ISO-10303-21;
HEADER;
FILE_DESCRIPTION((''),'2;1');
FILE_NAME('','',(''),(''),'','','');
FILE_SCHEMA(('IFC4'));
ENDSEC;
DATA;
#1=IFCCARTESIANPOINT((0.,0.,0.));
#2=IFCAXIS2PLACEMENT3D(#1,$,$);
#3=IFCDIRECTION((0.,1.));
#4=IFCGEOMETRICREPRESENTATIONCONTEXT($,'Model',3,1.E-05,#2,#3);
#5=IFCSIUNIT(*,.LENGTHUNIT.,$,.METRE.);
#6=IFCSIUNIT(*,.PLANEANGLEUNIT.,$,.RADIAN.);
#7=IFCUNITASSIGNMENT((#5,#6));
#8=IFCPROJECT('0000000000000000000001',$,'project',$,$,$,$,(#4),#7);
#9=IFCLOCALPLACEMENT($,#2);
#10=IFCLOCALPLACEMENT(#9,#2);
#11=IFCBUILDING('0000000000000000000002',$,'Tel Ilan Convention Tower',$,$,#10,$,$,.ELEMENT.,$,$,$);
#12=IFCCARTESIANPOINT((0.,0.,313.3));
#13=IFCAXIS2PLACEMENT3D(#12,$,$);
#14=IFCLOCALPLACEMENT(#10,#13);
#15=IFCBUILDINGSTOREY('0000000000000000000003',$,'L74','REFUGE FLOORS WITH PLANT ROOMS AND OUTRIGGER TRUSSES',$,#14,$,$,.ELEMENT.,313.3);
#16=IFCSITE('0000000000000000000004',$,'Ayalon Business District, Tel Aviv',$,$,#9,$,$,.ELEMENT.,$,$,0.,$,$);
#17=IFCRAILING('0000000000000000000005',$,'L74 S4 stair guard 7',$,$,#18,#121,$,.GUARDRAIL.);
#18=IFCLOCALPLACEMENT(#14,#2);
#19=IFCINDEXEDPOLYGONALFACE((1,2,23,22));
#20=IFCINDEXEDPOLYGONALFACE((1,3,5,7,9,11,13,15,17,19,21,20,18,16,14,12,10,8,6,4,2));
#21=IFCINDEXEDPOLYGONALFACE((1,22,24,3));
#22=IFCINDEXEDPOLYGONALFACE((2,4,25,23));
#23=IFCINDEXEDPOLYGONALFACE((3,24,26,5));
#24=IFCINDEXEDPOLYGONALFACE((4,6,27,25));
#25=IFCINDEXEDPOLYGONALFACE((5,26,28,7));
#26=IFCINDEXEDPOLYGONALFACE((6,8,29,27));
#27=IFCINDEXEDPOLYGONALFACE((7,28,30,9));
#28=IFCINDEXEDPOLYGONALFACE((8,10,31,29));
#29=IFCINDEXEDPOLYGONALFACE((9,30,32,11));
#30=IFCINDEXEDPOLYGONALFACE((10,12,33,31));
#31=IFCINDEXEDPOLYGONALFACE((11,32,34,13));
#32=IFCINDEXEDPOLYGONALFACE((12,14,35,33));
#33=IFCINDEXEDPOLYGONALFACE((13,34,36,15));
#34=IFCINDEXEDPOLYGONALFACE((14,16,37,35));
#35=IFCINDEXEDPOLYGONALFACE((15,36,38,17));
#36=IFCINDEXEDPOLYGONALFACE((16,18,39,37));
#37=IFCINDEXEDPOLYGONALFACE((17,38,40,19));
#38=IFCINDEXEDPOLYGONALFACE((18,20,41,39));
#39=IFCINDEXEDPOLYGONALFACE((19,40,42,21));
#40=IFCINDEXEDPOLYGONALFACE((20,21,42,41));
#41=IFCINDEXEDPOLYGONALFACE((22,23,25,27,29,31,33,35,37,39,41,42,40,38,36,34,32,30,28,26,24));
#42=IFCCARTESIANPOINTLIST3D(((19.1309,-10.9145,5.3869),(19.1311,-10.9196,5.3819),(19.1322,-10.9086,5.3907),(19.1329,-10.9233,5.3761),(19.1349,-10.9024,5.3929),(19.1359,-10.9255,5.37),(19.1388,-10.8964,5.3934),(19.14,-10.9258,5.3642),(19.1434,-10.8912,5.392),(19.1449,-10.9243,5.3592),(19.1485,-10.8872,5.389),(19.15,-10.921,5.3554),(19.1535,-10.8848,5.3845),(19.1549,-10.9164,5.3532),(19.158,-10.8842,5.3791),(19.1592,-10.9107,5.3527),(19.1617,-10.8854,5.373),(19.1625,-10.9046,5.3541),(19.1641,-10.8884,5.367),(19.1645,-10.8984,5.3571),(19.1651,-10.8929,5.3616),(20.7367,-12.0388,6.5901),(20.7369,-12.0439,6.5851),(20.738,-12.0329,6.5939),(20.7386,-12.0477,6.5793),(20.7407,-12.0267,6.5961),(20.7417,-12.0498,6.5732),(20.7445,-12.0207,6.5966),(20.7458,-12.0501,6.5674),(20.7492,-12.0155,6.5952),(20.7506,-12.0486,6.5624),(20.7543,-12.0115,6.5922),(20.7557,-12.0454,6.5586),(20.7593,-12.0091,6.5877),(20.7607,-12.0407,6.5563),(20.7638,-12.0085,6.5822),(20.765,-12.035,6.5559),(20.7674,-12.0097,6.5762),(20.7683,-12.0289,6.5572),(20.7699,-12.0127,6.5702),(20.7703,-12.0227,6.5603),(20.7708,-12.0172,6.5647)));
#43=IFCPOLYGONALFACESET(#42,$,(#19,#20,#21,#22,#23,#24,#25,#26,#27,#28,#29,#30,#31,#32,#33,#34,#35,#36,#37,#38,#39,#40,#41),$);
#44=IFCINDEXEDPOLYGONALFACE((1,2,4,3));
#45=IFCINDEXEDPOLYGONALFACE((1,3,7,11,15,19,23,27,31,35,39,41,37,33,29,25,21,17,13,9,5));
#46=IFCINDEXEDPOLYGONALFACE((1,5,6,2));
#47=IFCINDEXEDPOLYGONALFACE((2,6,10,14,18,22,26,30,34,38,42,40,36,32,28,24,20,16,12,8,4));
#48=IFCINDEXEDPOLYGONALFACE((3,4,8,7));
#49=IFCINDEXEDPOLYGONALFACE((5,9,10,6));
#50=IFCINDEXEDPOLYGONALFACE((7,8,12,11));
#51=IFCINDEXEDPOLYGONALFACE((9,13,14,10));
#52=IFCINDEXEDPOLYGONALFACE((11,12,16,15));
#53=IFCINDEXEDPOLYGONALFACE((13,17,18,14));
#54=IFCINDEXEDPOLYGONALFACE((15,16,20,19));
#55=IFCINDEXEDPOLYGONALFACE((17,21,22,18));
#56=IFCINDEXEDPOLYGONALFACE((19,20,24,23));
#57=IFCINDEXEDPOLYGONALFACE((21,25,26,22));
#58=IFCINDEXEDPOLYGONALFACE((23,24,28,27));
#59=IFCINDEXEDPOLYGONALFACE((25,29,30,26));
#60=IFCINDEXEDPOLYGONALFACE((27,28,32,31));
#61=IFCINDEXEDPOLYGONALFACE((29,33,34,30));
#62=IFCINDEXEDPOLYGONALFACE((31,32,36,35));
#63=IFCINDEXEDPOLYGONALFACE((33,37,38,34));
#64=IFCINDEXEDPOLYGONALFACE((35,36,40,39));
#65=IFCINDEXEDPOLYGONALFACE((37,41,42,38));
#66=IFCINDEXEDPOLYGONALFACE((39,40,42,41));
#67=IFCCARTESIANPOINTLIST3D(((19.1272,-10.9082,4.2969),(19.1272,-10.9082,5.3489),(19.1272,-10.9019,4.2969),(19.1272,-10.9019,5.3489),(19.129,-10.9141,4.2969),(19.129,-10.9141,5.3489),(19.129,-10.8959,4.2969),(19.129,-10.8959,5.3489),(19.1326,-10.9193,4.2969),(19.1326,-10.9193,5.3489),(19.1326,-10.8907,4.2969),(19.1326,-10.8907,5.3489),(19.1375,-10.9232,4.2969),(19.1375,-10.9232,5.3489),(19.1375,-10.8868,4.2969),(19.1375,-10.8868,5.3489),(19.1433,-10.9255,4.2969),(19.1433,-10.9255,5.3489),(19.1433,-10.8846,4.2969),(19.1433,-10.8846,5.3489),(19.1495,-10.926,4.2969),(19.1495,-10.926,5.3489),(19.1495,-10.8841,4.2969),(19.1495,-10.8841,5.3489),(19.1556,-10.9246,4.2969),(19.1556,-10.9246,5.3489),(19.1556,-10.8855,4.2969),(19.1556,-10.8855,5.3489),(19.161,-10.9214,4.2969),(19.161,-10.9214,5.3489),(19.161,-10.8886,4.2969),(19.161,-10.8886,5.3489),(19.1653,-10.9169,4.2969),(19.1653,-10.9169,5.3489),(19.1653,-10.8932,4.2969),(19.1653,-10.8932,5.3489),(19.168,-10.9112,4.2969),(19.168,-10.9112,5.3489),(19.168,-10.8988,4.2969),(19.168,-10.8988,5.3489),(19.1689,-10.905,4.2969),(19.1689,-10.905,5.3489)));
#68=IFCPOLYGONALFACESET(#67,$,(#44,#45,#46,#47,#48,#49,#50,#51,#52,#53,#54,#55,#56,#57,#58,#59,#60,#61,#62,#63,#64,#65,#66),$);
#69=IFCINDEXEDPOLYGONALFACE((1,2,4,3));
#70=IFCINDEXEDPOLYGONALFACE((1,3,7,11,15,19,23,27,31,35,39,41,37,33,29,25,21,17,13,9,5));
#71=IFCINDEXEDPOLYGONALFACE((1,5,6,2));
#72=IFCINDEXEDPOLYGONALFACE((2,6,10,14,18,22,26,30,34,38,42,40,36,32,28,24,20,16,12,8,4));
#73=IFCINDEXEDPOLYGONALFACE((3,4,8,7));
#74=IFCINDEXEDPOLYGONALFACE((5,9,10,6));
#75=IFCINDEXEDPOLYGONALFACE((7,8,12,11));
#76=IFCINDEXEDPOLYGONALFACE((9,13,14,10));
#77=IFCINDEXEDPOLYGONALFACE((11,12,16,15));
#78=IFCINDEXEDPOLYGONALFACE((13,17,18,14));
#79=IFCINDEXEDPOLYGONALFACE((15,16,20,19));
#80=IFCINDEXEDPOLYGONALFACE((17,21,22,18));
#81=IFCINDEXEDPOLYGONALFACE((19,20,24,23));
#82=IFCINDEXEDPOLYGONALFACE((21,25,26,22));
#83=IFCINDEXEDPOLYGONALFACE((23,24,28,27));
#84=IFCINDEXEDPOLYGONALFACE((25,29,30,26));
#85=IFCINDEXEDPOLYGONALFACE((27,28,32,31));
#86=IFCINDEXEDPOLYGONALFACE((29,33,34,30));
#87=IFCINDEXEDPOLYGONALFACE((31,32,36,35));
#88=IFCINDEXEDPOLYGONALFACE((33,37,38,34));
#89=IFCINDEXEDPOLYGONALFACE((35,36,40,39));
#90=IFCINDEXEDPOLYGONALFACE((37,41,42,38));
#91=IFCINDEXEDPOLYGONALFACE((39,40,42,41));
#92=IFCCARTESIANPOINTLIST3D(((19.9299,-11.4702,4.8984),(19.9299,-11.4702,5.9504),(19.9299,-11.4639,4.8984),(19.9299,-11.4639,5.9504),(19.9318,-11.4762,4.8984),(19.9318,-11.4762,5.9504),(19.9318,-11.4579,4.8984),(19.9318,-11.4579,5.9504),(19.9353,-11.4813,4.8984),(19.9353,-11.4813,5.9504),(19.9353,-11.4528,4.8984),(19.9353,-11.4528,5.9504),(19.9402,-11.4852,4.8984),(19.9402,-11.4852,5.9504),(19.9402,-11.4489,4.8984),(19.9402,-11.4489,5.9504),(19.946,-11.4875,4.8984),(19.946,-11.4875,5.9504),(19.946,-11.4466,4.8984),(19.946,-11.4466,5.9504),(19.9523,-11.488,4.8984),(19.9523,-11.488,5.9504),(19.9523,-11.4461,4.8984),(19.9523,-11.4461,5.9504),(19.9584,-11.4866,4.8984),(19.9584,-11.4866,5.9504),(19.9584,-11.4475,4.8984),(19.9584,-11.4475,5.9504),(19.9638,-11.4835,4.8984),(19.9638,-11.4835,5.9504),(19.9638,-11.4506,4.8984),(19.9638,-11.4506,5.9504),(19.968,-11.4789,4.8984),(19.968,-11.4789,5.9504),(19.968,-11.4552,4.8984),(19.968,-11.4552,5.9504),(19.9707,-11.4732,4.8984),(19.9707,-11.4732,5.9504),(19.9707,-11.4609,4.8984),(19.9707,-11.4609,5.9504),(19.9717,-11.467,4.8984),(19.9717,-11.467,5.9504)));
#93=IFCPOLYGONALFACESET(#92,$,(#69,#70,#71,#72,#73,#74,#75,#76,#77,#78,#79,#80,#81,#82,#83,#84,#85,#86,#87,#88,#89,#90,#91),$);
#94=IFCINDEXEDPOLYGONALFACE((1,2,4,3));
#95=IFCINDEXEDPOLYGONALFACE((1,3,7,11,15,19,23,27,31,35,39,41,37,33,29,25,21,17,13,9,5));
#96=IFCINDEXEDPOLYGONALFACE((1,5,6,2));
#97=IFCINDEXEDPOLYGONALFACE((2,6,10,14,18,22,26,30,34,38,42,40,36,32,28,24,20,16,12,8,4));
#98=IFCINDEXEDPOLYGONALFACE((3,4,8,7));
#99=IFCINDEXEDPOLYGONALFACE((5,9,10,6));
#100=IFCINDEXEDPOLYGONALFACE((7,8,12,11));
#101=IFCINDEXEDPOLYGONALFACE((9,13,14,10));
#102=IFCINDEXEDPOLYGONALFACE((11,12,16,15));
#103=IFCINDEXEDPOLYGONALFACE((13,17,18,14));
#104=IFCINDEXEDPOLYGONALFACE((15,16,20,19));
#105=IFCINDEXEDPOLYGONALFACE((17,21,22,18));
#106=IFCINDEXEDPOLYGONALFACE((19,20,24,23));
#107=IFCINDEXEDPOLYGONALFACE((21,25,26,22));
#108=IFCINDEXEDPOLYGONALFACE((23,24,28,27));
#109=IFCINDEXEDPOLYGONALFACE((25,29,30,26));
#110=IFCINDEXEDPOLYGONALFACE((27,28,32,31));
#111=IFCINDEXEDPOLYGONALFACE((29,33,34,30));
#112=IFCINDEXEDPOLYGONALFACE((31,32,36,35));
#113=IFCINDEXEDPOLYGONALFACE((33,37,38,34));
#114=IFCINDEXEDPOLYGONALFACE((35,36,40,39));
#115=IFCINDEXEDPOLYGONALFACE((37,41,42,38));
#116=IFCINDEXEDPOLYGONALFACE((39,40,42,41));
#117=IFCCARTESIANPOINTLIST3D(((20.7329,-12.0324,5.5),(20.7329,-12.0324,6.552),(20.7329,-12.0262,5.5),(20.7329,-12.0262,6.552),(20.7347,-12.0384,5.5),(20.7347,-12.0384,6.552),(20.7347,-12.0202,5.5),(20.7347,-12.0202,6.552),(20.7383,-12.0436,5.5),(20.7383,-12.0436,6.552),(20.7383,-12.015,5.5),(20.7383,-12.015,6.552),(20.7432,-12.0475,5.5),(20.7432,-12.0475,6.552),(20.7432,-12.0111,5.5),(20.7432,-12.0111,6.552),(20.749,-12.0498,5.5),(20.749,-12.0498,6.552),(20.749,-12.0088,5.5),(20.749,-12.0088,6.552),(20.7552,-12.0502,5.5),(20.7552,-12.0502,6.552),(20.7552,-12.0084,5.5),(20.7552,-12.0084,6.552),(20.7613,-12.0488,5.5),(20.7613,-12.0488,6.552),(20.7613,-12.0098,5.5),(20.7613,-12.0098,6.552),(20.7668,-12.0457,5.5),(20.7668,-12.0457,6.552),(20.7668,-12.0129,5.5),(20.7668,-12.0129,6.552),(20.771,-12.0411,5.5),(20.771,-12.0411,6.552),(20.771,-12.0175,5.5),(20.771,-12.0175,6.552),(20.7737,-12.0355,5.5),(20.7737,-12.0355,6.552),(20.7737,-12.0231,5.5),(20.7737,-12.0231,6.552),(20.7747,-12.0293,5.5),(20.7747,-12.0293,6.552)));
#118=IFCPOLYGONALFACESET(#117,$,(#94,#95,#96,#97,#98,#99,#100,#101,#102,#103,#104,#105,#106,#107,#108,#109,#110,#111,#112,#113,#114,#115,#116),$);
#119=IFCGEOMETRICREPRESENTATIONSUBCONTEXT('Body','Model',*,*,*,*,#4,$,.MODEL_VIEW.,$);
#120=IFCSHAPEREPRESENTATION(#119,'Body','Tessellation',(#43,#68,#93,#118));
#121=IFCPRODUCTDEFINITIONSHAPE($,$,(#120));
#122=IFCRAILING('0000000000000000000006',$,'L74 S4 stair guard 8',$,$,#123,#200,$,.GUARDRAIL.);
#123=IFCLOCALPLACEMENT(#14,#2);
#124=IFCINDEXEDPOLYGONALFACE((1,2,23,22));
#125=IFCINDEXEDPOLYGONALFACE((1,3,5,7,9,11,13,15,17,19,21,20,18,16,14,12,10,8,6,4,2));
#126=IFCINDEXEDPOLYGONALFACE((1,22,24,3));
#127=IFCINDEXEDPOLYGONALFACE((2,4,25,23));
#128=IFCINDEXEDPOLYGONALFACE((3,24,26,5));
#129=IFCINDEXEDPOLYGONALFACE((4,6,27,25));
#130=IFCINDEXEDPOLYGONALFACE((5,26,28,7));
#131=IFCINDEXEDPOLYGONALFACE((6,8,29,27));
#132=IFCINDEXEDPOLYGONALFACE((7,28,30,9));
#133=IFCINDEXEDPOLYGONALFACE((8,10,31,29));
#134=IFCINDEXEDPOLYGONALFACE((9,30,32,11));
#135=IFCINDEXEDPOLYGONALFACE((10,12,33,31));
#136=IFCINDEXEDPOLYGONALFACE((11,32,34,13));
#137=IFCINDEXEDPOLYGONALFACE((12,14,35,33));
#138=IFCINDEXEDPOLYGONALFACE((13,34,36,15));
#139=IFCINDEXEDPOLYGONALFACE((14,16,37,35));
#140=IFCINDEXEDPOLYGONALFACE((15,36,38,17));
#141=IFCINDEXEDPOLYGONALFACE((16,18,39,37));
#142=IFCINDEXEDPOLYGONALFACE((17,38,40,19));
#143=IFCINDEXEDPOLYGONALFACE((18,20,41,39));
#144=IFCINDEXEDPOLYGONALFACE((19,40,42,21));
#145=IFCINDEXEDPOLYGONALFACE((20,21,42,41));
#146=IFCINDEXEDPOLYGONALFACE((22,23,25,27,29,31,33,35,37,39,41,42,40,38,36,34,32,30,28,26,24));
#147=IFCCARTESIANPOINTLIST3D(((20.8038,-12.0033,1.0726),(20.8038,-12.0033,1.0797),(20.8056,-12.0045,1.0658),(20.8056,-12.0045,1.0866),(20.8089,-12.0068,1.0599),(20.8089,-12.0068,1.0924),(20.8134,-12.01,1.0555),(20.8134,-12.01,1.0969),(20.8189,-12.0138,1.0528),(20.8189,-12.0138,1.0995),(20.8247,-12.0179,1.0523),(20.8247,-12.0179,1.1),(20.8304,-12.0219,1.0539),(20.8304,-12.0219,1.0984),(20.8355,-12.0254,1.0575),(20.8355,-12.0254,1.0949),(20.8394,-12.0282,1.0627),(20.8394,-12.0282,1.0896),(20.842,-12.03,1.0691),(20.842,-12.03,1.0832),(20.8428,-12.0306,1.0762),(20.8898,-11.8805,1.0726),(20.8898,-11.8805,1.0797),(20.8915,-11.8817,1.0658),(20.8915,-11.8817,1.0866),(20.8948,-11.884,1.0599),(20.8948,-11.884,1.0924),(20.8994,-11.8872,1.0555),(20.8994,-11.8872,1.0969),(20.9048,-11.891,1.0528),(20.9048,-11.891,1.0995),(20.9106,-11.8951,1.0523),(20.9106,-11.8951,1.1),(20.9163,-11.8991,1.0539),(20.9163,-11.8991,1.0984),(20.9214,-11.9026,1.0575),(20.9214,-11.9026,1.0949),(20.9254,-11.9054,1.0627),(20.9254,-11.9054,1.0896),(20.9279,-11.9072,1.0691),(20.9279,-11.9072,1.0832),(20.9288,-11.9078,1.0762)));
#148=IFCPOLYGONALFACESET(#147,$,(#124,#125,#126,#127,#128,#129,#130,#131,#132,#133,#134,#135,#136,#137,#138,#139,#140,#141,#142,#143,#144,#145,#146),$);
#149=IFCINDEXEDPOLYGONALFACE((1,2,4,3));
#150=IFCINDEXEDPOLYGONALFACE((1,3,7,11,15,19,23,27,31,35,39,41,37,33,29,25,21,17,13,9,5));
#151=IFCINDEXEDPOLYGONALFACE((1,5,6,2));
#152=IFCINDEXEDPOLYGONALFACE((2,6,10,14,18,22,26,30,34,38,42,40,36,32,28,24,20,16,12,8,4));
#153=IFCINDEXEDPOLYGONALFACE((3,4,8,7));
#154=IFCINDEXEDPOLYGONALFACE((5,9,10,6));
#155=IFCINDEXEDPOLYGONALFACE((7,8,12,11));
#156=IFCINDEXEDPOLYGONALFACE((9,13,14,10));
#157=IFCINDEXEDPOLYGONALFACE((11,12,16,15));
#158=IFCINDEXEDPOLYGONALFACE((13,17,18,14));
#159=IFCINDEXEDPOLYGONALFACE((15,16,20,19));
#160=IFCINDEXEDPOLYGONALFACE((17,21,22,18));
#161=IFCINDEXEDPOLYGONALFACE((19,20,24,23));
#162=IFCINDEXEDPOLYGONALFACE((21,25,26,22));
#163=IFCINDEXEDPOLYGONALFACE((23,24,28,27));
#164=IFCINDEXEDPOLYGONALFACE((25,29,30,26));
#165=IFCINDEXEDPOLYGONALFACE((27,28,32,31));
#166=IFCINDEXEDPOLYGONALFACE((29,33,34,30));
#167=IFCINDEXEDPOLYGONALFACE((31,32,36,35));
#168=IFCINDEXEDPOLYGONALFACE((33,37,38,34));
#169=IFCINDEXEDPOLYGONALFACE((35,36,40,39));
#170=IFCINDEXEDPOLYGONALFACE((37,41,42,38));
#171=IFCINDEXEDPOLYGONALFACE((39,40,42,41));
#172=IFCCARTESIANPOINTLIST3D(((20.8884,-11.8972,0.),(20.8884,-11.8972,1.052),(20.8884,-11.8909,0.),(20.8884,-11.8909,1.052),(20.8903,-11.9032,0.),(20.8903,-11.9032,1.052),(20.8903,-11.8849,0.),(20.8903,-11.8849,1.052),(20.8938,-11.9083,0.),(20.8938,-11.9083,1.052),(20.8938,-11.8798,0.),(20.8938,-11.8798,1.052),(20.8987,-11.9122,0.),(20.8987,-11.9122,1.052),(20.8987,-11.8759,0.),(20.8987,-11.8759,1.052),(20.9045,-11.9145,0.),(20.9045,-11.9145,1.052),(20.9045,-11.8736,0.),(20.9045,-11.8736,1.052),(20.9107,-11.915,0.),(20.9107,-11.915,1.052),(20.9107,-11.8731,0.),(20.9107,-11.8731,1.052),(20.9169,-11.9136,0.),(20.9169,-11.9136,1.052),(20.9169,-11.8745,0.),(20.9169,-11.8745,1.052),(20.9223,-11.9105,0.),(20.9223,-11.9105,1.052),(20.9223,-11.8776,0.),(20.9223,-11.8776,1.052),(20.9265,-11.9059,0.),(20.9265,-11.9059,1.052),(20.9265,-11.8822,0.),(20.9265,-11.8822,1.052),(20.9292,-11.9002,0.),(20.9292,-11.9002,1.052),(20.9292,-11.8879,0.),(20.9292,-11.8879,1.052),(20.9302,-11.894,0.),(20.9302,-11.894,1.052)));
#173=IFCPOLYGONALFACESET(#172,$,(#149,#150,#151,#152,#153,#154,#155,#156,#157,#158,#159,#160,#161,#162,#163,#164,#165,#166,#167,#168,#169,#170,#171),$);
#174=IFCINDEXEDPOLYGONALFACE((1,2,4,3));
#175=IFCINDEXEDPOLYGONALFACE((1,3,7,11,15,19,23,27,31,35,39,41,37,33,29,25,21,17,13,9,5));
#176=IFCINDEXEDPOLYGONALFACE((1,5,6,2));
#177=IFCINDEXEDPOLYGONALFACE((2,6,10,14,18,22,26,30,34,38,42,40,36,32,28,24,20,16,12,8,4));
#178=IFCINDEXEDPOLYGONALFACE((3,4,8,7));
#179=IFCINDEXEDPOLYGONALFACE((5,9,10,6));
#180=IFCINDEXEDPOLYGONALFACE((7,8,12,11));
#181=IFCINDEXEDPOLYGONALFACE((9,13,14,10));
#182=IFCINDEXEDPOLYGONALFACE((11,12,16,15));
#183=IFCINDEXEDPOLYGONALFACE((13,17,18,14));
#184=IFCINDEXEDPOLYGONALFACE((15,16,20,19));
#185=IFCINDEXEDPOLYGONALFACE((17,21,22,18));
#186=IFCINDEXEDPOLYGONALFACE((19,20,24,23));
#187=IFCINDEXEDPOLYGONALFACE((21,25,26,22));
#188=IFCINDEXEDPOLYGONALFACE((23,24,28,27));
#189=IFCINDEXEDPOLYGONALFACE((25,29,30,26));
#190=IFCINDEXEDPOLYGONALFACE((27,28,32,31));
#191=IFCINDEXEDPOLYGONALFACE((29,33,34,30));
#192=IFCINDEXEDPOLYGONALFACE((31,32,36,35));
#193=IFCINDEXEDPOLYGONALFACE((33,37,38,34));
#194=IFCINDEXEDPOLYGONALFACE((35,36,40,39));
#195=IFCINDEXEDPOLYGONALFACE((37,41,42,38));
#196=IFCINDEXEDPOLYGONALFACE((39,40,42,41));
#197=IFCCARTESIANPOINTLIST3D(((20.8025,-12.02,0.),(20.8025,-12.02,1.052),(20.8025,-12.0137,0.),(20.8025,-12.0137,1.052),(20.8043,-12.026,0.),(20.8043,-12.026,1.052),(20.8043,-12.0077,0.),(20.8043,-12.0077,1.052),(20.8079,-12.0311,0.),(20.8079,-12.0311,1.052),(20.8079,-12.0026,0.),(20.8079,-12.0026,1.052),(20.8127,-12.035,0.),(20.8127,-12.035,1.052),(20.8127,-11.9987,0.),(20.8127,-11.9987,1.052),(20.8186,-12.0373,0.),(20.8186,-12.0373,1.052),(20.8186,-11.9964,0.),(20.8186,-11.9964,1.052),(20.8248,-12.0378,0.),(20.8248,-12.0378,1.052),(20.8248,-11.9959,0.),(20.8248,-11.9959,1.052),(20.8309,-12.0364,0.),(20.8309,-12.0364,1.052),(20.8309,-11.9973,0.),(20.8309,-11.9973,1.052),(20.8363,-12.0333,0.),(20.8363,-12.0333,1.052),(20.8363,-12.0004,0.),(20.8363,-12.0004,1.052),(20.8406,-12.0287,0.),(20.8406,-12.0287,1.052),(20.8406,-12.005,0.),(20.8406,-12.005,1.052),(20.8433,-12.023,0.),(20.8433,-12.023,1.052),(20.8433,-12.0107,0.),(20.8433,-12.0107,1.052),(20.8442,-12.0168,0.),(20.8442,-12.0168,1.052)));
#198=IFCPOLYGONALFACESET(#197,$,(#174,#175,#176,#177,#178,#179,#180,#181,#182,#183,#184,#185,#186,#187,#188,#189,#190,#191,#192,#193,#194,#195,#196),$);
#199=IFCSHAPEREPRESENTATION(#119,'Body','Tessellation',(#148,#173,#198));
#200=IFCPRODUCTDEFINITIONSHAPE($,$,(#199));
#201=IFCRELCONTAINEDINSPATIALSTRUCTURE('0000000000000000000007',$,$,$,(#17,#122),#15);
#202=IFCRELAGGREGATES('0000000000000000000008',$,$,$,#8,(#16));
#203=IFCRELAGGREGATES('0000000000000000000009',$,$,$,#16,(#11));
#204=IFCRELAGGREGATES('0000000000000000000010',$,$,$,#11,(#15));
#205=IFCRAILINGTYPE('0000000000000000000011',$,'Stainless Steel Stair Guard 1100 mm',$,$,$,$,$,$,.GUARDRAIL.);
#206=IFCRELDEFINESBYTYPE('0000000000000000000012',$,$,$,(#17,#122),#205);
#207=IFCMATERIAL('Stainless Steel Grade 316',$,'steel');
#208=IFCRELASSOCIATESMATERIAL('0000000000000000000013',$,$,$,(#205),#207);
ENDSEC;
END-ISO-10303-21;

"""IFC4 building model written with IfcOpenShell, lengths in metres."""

from ifc_helpers import new_model, si_unit, direction, frame, origin, origin_2d, place, context, subcontext, project, spatial, circle, extrude, material, type_object, element, save


model = new_model("IFC4")

# Units and contexts
model_context = context("Model", 3, precision=1e-05, world=origin(), true_north=direction((0.0, 1.0)))
body_context = subcontext(model_context, "Body", "Model", "MODEL_VIEW")
ifc_project = project(units=[si_unit("LENGTHUNIT", "METRE"), si_unit("PLANEANGLEUNIT", "RADIAN")], contexts=[model_context])

# Site, building, storey
site_placement = place(None, origin())
site = spatial("IfcSite", under=ifc_project, at=site_placement, Name="Ayalon Business District, Tel Aviv", CompositionType="ELEMENT", RefElevation=0.0)
building_placement = place(site_placement, origin())
building = spatial("IfcBuilding", under=site, at=building_placement, Name="Tel Ilan Convention Tower", CompositionType="ELEMENT")
storey_placement = place(building_placement, frame((0.0, 0.0, 313.3)))
storey = spatial("IfcBuildingStorey", under=building, at=storey_placement, Name="L74", Description="REFUGE FLOORS WITH PLANT ROOMS AND OUTRIGGER TRUSSES", CompositionType="ELEMENT", Elevation=313.3)

# Railings
ifc_material_1 = material(Name="Stainless Steel Grade 316", Category="steel")
railing_type_1 = type_object("IfcRailingType", Name="Stainless Steel Stair Guard 1100 mm", PredefinedType="GUARDRAIL", material=ifc_material_1)
railing_1_placement = place(storey_placement, frame((19.1479, -10.905, 4.2969)))
element("IfcRailing", 1, at=railing_1_placement, inside=storey, type_object=railing_type_1, Name="L74 S4 stair guard 7", PredefinedType="GUARDRAIL", context=body_context, shape_type="SweptSolid", body=[
    extrude(circle(Radius=0.0239, at=origin_2d()), frame((0.0, 0.0, 1.0762), z_axis=(0.698149, -0.488821, 0.523108), x_axis=(0.573554, 0.819168, 0.0)), (0.0, 0.0, 1.0), 2.3),
    extrude(circle(Radius=0.021, at=origin_2d()), origin(), (0.0, 0.0, 1.0), 1.052),
    extrude(circle(Radius=0.021, at=origin_2d()), frame((0.8027, -0.562, 0.6016)), (0.0, 0.0, 1.0), 1.052),
    extrude(circle(Radius=0.021, at=origin_2d()), frame((1.6057, -1.1243, 1.2031)), (0.0, 0.0, 1.0), 1.052),
])
railing_2_placement = place(storey_placement, frame((20.9092, -11.894, 0.0)))
element("IfcRailing", 2, at=railing_2_placement, inside=storey, type_object=railing_type_1, Name="L74 S4 stair guard 8", PredefinedType="GUARDRAIL", context=body_context, shape_type="SweptSolid", body=[
    extrude(circle(Radius=0.0239, at=origin_2d()), frame((0.0, 0.0, 1.0762), z_axis=(-0.573353, -0.819308, 0.0), x_axis=(0.819308, -0.573353, 0.0)), (0.0, 0.0, 1.0), 0.1499),
    extrude(circle(Radius=0.021, at=origin_2d()), origin(), (0.0, 0.0, 1.0), 1.052),
    extrude(circle(Radius=0.021, at=origin_2d()), frame((-0.0859, -0.1228, 0.0)), (0.0, 0.0, 1.0), 1.052),
])

save(model, "model.ifc")
